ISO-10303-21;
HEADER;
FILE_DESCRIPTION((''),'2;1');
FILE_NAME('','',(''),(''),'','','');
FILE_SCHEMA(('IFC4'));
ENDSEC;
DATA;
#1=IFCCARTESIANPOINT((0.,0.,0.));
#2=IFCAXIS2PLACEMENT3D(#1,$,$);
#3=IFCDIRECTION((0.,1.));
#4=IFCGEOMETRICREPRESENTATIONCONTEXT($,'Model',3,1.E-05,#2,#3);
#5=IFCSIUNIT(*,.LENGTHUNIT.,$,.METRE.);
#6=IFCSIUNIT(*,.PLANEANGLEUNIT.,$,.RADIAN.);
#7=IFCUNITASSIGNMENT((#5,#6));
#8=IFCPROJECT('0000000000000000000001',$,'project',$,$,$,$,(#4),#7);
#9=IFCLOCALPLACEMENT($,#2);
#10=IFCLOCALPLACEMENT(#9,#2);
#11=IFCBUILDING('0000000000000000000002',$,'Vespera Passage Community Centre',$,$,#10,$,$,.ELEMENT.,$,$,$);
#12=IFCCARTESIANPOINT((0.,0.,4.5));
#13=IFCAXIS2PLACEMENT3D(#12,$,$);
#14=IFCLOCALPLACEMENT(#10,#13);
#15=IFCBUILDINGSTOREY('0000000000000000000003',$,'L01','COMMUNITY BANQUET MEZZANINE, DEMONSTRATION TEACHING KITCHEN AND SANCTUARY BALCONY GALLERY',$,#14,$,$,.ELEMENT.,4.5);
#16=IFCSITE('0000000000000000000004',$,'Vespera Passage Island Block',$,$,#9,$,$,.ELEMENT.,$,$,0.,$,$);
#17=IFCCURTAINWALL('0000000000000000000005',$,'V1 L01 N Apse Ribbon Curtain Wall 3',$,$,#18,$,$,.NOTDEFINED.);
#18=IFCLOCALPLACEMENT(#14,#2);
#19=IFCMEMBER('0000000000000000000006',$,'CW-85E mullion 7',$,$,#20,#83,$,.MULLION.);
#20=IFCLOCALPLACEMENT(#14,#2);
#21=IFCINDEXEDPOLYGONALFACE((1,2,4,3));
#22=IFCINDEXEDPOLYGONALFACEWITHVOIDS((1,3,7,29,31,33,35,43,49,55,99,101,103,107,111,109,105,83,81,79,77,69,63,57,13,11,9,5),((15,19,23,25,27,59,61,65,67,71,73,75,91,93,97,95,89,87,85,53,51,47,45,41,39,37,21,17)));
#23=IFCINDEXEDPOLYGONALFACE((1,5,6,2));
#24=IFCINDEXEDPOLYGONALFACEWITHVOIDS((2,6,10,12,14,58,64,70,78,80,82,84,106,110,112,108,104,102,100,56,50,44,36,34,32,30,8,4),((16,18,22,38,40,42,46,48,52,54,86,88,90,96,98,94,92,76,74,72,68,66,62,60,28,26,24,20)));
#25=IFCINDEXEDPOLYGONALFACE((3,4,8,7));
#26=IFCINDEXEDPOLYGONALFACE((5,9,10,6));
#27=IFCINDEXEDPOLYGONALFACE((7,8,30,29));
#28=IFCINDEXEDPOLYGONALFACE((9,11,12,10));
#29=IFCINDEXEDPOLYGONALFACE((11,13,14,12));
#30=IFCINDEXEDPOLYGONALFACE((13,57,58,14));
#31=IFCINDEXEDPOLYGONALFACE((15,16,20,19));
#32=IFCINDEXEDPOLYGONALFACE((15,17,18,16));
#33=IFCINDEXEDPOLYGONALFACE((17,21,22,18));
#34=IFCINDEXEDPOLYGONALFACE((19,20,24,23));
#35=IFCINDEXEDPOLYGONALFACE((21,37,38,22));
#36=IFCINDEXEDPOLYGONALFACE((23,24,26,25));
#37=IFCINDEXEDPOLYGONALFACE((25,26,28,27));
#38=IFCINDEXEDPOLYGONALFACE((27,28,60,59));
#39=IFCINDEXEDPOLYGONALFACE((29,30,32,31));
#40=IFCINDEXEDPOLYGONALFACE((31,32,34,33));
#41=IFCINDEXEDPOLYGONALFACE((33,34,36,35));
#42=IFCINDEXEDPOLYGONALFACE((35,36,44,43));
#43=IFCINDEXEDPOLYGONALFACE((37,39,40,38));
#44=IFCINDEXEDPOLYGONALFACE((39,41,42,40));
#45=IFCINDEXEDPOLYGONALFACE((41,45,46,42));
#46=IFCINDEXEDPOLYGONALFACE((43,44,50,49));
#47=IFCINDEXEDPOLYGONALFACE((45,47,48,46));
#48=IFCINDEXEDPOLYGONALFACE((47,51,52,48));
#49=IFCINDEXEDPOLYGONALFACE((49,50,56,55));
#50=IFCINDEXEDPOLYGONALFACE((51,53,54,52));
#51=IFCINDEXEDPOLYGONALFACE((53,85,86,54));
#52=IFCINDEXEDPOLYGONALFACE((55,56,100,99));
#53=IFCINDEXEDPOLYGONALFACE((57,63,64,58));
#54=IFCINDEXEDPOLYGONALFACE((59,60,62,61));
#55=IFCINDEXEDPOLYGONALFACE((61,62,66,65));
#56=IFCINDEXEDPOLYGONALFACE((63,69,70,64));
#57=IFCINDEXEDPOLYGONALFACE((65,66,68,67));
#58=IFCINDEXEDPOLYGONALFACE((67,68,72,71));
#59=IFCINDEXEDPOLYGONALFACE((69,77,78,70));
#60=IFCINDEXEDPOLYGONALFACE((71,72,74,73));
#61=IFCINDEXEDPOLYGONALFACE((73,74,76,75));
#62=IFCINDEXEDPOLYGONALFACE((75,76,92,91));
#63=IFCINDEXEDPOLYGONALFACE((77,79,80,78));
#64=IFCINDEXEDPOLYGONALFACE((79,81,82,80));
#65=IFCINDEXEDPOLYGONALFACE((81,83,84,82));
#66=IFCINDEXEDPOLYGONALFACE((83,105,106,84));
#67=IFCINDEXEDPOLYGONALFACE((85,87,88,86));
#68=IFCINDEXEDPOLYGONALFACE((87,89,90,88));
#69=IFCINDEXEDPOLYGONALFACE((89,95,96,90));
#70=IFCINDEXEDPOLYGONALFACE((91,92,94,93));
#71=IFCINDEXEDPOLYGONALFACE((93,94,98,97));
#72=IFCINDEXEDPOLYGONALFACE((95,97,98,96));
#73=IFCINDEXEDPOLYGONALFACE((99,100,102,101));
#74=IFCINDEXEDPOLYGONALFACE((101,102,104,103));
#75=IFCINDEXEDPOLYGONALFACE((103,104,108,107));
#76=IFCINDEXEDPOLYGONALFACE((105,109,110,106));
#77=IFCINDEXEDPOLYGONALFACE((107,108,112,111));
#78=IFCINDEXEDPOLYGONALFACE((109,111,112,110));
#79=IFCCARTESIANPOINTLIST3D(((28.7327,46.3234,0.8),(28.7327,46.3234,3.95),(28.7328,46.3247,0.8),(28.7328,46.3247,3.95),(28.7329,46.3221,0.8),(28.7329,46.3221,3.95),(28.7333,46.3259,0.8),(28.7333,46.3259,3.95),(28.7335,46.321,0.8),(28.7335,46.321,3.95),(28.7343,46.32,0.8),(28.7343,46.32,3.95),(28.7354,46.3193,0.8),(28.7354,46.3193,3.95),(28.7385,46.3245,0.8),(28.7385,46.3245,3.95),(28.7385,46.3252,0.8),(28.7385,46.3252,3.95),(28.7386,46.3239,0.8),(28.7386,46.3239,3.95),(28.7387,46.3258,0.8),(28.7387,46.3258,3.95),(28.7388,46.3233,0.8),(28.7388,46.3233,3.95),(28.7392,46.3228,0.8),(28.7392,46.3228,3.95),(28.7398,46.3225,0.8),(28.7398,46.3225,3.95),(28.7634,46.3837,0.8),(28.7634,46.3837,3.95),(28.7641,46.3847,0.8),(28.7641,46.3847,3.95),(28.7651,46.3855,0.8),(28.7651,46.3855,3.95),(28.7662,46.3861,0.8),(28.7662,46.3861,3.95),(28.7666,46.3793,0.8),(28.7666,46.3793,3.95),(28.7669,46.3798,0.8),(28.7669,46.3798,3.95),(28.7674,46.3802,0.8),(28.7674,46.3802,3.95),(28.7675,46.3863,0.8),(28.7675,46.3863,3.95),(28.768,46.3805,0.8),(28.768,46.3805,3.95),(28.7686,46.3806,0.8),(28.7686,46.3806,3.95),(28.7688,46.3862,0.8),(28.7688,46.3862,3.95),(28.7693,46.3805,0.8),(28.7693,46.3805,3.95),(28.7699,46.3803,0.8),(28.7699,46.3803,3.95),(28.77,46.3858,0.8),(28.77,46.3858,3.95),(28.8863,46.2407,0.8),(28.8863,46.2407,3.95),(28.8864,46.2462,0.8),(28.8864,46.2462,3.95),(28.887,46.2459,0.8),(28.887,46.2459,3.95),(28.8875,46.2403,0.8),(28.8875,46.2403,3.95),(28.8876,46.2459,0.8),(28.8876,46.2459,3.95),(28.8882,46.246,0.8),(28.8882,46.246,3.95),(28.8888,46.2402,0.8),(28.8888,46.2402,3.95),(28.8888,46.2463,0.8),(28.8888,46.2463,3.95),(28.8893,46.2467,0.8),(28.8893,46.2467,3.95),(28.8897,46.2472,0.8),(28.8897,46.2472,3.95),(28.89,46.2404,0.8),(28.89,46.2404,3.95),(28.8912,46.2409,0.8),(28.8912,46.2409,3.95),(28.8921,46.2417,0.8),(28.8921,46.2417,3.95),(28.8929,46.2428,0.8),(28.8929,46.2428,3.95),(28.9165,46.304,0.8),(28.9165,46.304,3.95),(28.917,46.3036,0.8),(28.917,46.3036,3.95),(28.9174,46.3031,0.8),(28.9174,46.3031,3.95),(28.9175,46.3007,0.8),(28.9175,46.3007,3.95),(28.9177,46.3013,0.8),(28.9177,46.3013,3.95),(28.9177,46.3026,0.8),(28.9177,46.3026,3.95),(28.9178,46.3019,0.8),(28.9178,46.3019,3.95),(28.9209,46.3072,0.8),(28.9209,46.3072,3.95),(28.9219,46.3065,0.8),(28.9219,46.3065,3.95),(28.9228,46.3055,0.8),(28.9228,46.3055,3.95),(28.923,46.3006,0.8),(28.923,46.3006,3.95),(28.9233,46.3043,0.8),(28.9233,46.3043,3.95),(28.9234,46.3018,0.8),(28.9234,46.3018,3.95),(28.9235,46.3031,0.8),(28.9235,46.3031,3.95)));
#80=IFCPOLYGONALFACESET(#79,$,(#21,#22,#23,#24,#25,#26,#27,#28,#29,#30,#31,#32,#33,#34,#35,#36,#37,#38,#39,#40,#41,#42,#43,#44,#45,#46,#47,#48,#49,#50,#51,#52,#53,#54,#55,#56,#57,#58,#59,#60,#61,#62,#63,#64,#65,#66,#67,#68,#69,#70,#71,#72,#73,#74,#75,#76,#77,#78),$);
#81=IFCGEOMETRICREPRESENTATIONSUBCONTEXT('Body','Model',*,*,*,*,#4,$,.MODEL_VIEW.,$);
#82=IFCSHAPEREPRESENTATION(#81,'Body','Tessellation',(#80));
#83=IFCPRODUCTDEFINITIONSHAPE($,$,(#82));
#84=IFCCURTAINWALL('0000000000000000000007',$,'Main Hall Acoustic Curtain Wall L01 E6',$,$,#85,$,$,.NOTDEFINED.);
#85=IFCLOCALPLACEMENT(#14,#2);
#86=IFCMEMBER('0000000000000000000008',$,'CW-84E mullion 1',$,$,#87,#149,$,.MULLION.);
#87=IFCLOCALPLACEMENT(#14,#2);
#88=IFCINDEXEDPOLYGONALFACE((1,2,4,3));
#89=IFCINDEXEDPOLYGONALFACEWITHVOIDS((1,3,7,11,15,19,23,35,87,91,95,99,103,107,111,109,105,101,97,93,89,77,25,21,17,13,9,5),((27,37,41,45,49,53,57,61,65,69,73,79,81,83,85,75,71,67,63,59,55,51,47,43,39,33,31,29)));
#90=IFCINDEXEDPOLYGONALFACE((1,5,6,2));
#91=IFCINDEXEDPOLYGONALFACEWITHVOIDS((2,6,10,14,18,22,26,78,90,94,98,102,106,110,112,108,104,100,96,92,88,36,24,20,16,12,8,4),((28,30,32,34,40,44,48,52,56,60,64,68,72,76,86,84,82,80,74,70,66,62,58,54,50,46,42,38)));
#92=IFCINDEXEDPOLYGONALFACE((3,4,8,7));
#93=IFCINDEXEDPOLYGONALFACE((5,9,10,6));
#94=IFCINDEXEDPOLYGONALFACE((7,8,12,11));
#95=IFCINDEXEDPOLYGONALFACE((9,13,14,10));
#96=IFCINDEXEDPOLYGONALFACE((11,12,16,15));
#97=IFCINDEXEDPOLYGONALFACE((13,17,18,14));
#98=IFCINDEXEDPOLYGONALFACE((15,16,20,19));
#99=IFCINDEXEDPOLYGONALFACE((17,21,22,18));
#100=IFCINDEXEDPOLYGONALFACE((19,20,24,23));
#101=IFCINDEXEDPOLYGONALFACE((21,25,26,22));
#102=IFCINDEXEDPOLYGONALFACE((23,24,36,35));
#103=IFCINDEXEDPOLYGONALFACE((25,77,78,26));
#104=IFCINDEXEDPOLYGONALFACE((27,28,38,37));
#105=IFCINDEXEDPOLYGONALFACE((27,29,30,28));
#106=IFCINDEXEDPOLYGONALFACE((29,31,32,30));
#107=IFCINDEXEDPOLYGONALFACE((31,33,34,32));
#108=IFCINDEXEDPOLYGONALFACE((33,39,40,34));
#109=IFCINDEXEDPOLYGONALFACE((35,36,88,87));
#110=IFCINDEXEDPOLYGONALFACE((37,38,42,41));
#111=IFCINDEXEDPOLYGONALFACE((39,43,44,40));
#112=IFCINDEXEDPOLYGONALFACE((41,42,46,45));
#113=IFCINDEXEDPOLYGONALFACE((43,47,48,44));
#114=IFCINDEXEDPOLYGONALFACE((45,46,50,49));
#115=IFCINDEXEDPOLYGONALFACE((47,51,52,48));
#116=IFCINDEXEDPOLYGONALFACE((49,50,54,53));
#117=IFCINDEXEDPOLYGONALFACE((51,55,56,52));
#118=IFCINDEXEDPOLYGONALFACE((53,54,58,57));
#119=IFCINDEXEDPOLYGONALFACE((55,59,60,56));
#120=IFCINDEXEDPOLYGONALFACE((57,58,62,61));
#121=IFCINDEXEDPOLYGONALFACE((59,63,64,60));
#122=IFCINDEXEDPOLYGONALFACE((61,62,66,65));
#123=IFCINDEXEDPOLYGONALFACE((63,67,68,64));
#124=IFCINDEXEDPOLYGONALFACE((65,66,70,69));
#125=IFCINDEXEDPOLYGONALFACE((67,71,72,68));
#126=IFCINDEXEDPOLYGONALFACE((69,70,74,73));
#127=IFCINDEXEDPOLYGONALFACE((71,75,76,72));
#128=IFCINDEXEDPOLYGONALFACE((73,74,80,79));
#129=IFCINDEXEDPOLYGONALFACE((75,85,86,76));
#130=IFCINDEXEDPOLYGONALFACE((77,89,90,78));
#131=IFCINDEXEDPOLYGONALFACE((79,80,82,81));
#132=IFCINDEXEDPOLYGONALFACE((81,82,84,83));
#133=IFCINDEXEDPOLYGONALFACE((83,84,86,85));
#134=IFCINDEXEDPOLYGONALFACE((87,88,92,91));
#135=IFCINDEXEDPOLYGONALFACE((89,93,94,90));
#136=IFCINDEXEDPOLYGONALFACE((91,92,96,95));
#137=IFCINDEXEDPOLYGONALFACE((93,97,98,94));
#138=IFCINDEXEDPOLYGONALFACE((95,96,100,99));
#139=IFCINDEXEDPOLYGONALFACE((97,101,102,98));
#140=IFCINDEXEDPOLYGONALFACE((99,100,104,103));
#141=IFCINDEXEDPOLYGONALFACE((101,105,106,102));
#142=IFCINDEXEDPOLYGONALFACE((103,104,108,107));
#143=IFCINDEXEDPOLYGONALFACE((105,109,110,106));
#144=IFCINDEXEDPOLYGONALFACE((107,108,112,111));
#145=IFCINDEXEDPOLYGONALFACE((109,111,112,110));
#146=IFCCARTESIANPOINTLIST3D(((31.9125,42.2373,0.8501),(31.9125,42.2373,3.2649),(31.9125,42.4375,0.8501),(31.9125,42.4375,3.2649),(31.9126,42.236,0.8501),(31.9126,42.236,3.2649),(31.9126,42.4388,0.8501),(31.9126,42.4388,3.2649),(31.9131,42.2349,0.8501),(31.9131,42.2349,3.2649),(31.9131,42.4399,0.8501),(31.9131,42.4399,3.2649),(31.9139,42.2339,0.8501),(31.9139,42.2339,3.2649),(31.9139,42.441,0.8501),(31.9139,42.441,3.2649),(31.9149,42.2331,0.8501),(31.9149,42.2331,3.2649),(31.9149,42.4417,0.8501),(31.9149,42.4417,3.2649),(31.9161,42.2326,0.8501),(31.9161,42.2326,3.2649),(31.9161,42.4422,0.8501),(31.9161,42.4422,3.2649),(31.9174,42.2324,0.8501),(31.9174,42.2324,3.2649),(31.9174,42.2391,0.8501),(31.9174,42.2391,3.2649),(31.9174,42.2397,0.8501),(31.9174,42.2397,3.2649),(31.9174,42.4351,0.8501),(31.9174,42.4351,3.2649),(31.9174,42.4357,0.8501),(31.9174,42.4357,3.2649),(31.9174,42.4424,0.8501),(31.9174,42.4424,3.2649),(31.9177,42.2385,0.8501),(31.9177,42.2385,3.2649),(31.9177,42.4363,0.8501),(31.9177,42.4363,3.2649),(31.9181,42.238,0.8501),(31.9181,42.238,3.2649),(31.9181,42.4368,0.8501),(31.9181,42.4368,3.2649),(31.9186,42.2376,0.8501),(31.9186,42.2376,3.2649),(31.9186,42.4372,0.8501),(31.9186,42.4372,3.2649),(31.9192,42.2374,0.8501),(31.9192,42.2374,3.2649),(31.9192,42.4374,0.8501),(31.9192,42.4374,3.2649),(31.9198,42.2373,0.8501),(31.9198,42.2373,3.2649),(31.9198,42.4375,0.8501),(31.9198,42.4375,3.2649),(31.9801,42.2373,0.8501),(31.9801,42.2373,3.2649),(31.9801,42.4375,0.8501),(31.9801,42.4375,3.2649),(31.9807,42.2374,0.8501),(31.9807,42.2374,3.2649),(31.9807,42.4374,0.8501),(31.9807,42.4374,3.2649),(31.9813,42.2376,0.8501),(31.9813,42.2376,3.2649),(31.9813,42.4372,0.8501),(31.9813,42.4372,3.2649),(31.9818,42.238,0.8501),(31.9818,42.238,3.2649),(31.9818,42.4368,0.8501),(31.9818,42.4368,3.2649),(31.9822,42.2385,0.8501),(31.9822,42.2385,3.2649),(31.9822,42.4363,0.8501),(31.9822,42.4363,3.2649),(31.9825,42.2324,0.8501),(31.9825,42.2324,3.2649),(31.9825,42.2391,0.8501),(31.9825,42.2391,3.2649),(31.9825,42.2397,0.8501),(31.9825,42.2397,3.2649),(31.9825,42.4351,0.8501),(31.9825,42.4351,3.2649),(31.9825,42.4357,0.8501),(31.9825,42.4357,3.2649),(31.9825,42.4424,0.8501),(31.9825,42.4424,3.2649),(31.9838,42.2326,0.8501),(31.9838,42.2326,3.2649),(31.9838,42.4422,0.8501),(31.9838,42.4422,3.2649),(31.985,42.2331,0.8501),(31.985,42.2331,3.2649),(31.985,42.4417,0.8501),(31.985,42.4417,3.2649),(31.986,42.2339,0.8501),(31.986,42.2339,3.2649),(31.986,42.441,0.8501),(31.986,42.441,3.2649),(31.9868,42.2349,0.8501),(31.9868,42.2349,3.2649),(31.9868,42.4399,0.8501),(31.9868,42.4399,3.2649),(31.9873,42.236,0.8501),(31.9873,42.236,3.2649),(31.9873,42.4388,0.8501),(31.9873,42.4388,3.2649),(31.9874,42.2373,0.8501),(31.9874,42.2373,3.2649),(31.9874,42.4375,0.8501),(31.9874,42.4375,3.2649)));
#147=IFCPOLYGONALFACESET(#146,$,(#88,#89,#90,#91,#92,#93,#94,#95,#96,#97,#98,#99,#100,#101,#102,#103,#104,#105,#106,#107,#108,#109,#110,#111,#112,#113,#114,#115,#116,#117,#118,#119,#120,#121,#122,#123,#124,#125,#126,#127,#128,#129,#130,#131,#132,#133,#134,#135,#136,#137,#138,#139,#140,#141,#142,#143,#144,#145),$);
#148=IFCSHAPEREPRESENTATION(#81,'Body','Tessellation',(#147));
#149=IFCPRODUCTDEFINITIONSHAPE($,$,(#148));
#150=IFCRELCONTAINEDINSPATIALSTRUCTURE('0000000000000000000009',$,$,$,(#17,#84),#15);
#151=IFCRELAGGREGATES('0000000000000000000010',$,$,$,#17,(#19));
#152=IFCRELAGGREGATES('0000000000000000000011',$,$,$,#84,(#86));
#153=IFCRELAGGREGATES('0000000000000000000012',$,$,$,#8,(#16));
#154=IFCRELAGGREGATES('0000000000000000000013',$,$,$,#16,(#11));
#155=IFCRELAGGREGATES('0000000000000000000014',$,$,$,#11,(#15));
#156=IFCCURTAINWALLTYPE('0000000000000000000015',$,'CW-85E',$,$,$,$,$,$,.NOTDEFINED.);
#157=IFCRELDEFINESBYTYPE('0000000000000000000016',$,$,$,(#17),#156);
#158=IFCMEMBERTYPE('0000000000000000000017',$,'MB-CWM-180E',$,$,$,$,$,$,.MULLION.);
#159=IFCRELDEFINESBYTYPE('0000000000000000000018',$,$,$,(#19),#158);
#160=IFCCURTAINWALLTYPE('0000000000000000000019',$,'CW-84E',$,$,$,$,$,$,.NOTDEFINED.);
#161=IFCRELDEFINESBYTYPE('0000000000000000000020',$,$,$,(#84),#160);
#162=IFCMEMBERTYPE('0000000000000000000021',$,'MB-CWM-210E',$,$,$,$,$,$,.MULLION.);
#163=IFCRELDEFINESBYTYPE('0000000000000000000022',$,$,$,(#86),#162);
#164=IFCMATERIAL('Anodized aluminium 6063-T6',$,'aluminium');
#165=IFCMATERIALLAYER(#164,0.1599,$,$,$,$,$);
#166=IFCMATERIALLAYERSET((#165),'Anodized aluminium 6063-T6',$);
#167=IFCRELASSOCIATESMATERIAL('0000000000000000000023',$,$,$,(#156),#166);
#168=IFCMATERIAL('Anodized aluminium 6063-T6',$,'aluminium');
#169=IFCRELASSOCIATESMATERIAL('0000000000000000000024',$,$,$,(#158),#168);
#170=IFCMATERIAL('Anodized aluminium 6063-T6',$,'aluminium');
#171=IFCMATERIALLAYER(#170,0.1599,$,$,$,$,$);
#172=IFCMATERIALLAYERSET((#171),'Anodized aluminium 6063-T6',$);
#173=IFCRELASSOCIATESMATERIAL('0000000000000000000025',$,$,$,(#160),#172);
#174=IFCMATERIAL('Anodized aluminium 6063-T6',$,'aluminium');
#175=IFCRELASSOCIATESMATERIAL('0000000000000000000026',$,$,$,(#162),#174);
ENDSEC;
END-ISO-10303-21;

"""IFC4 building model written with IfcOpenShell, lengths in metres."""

from ifc_helpers import new_model, si_unit, direction, frame, origin, origin_2d, place, context, subcontext, project, spatial, hollow_rectangle, extrude, material, layer, layer_set, material_profile, profile_set, type_object, element, aggregate, save


model = new_model("IFC4")

# Units and contexts
model_context = context("Model", 3, precision=1e-05, world=origin(), true_north=direction((0.0, 1.0)))
body_context = subcontext(model_context, "Body", "Model", "MODEL_VIEW")
ifc_project = project(units=[si_unit("LENGTHUNIT", "METRE"), si_unit("PLANEANGLEUNIT", "RADIAN")], contexts=[model_context])

# Site, building, storey
site_placement = place(None, origin())
site = spatial("IfcSite", under=ifc_project, at=site_placement, Name="Vespera Passage Island Block", CompositionType="ELEMENT", RefElevation=0.0)
building_placement = place(site_placement, origin())
building = spatial("IfcBuilding", under=site, at=building_placement, Name="Vespera Passage Community Centre", CompositionType="ELEMENT")
storey_placement = place(building_placement, frame((0.0, 0.0, 4.5)))
storey = spatial("IfcBuildingStorey", under=building, at=storey_placement, Name="L01", Description="COMMUNITY BANQUET MEZZANINE, DEMONSTRATION TEACHING KITCHEN AND SANCTUARY BALCONY GALLERY", CompositionType="ELEMENT", Elevation=4.5)

# Curtain walls, members
ifc_material_1 = material(Name="Anodized aluminium 6063-T6", Category="aluminium")
ifc_layer_1 = layer(ifc_material_1, 0.1599)
ifc_layer_set_1 = layer_set([ifc_layer_1], Name="Anodized aluminium 6063-T6")
curtain_wall_type_1 = type_object("IfcCurtainWallType", Name="CW-85E", PredefinedType="NOTDEFINED", material=ifc_layer_set_1)
curtain_wall_1_placement = place(storey_placement, origin())
curtain_wall_1 = element("IfcCurtainWall", 1, at=curtain_wall_1_placement, inside=storey, type_object=curtain_wall_type_1, Name="V1 L01 N Apse Ribbon Curtain Wall 3", PredefinedType="NOTDEFINED")
ifc_material_2 = material(Name="Anodized aluminium 6063-T6", Category="aluminium")
ifc_material_profile_1 = material_profile(ifc_material_2, hollow_rectangle(XDim=0.075, YDim=0.1799, WallThickness=0.0049, InnerFilletRadius=0.0024, OuterFilletRadius=0.0049, at=origin_2d()), Name="ALU180X75X5")
ifc_profile_set_1 = profile_set([ifc_material_profile_1], Name="Anodized aluminium 6063-T6")
member_type_1 = type_object("IfcMemberType", Name="MB-CWM-180E", PredefinedType="MULLION", material=ifc_profile_set_1)
member_1_placement = place(storey_placement, frame((28.8281, 46.3132, 0.8), z_axis=(0.0, 0.0, 1.0), x_axis=(0.461745, 0.887013, 0.0)))
member_1 = element("IfcMember", 2, at=member_1_placement, type_object=member_type_1, Name="CW-85E mullion 7", PredefinedType="MULLION", context=body_context, shape_type="SweptSolid", body=[
    extrude(hollow_rectangle(XDim=0.075, YDim=0.1799, WallThickness=0.0049, InnerFilletRadius=0.0024, OuterFilletRadius=0.0049, at=origin_2d()), origin(), (0.0, 0.0, 1.0), 3.1499),
])
ifc_material_3 = material(Name="Anodized aluminium 6063-T6", Category="aluminium")
ifc_layer_2 = layer(ifc_material_3, 0.1599)
ifc_layer_set_2 = layer_set([ifc_layer_2], Name="Anodized aluminium 6063-T6")
curtain_wall_type_2 = type_object("IfcCurtainWallType", Name="CW-84E", PredefinedType="NOTDEFINED", material=ifc_layer_set_2)
curtain_wall_2_placement = place(storey_placement, origin())
curtain_wall_2 = element("IfcCurtainWall", 3, at=curtain_wall_2_placement, inside=storey, type_object=curtain_wall_type_2, Name="Main Hall Acoustic Curtain Wall L01 E6", PredefinedType="NOTDEFINED")
ifc_material_4 = material(Name="Anodized aluminium 6063-T6", Category="aluminium")
ifc_material_profile_2 = material_profile(ifc_material_4, hollow_rectangle(XDim=0.075, YDim=0.21, WallThickness=0.0049, InnerFilletRadius=0.0024, OuterFilletRadius=0.0049, at=origin_2d()), Name="ALU210X75X5")
ifc_profile_set_2 = profile_set([ifc_material_profile_2], Name="Anodized aluminium 6063-T6")
member_type_2 = type_object("IfcMemberType", Name="MB-CWM-210E", PredefinedType="MULLION", material=ifc_profile_set_2)
member_2_placement = place(storey_placement, frame((31.95, 42.3374, 0.8501), z_axis=(0.0, 0.0, 1.0), x_axis=(1.0, 0.0, 0.0)))
member_2 = element("IfcMember", 4, at=member_2_placement, type_object=member_type_2, Name="CW-84E mullion 1", PredefinedType="MULLION", context=body_context, shape_type="SweptSolid", body=[
    extrude(hollow_rectangle(XDim=0.075, YDim=0.21, WallThickness=0.0049, InnerFilletRadius=0.0024, OuterFilletRadius=0.0049, at=origin_2d()), origin(), (0.0, 0.0, 1.0), 2.4148),
])

aggregate(curtain_wall_1, [member_1])
aggregate(curtain_wall_2, [member_2])

save(model, "model.ifc")
